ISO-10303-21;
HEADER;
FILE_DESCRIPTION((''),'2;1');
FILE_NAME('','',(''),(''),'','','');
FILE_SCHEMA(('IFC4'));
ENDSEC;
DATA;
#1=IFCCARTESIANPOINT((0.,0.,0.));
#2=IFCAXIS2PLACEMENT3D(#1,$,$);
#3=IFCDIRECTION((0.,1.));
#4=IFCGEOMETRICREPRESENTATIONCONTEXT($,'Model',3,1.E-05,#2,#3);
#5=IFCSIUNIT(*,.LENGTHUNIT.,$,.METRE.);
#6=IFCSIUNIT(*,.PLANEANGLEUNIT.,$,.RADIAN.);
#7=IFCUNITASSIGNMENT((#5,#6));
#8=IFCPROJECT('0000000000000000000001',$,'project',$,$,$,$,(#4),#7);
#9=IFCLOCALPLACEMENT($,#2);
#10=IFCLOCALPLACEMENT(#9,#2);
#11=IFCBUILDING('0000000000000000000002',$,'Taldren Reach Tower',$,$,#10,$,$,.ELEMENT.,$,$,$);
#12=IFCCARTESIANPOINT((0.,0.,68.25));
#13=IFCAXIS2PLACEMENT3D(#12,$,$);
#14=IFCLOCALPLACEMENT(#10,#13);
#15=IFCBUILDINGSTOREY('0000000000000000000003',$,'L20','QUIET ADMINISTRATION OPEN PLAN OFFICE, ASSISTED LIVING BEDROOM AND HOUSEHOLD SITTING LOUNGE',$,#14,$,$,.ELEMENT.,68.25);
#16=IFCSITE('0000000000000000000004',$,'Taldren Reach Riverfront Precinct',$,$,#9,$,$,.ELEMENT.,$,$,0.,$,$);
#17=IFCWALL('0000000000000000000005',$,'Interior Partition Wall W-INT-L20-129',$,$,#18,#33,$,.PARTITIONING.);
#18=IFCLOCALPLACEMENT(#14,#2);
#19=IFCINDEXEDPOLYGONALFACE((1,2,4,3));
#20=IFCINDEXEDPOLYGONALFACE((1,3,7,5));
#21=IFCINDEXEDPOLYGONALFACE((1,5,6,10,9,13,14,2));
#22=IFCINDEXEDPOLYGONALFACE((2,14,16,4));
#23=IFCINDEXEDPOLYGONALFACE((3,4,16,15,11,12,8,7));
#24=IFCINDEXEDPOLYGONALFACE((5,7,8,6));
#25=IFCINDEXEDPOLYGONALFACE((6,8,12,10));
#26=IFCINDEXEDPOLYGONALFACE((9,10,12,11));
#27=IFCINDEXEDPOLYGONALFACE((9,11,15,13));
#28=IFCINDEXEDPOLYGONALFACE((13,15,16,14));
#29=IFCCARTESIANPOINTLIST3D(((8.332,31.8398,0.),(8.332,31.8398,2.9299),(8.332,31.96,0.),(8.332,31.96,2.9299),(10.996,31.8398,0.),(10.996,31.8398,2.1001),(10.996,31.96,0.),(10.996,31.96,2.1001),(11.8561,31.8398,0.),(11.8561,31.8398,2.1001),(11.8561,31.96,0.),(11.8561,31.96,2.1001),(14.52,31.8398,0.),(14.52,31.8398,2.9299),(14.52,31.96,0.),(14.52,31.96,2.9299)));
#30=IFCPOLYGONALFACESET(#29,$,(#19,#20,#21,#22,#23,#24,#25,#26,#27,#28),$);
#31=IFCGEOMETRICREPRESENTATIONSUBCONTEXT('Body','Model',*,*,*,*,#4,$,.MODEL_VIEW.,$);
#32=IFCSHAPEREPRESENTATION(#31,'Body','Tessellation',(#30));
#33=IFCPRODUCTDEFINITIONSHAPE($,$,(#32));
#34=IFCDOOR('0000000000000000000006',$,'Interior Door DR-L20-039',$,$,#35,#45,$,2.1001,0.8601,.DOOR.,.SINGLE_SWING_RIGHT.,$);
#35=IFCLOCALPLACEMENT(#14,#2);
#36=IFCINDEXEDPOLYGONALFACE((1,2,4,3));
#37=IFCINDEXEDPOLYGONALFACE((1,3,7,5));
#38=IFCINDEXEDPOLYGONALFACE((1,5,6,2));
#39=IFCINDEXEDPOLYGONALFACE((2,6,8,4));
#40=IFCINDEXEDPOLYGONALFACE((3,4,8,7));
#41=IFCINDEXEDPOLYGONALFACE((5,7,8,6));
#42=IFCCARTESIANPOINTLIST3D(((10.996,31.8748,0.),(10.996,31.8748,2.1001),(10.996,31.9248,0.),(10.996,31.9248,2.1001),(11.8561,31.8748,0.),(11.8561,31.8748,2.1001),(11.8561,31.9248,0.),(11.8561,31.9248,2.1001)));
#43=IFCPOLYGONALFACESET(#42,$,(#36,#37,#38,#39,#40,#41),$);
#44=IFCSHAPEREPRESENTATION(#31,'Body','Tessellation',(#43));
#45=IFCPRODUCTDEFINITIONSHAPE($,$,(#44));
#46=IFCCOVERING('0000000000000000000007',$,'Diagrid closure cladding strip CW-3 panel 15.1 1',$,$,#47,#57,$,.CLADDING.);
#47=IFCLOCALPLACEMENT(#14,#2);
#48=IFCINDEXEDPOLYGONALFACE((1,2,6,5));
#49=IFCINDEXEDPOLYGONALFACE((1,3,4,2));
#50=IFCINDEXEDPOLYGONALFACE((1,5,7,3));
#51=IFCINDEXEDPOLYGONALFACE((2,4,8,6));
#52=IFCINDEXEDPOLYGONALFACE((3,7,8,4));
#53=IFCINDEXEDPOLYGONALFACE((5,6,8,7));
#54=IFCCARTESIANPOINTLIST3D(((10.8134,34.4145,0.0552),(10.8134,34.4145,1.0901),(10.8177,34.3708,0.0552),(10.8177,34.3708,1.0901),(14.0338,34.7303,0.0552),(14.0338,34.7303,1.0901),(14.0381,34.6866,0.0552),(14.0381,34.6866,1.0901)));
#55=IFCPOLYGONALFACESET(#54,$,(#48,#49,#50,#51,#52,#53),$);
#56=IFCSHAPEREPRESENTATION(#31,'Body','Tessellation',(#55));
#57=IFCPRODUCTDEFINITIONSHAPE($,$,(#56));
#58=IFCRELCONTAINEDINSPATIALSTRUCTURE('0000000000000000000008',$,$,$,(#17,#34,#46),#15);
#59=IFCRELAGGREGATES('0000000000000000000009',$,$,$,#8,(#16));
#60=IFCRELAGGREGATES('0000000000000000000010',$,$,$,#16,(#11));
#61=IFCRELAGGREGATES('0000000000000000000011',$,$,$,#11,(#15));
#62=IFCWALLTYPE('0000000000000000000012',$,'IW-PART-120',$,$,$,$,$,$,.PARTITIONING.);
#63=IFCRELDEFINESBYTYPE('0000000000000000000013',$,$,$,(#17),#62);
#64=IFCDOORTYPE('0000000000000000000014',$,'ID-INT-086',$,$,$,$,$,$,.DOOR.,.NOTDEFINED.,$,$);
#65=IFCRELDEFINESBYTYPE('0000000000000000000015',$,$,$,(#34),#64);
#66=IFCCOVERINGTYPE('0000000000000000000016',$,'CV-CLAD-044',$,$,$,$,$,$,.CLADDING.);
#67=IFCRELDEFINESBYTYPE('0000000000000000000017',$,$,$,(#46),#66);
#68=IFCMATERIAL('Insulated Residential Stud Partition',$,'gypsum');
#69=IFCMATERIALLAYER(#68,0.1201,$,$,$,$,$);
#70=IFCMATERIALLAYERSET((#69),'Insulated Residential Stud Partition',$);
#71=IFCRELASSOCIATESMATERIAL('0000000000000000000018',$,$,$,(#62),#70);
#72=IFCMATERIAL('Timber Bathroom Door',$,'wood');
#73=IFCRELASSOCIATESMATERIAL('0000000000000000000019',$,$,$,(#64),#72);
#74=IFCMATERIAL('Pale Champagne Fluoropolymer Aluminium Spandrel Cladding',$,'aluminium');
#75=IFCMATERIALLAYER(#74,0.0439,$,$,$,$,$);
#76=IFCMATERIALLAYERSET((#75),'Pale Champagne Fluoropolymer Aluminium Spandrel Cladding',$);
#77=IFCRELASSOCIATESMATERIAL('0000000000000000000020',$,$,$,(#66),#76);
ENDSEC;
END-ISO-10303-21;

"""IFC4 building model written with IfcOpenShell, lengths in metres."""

from ifc_helpers import new_model, si_unit, direction, frame, frame_2d, origin, origin_2d, place, context, subcontext, project, spatial, rectangle, extrude, source, transform, mapped, material, layer, layer_set, type_object, element, fill, save


model = new_model("IFC4")

# Units and contexts
model_context = context("Model", 3, precision=1e-05, world=origin(), true_north=direction((0.0, 1.0)))
body_context = subcontext(model_context, "Body", "Model", "MODEL_VIEW")
ifc_project = project(units=[si_unit("LENGTHUNIT", "METRE"), si_unit("PLANEANGLEUNIT", "RADIAN")], contexts=[model_context])

# Site, building, storey
site_placement = place(None, origin())
site = spatial("IfcSite", under=ifc_project, at=site_placement, Name="Taldren Reach Riverfront Precinct", CompositionType="ELEMENT", RefElevation=0.0)
building_placement = place(site_placement, origin())
building = spatial("IfcBuilding", under=site, at=building_placement, Name="Taldren Reach Tower", CompositionType="ELEMENT")
storey_placement = place(building_placement, frame((0.0, 0.0, 68.25)))
storey = spatial("IfcBuildingStorey", under=building, at=storey_placement, Name="L20", Description="QUIET ADMINISTRATION OPEN PLAN OFFICE, ASSISTED LIVING BEDROOM AND HOUSEHOLD SITTING LOUNGE", CompositionType="ELEMENT", Elevation=68.25)

# Wall, opening, door
ifc_material_1 = material(Name="Insulated Residential Stud Partition", Category="gypsum")
ifc_layer_1 = layer(ifc_material_1, 0.1201)
ifc_layer_set_1 = layer_set([ifc_layer_1], Name="Insulated Residential Stud Partition")
wall_type_1 = type_object("IfcWallType", Name="IW-PART-120", PredefinedType="PARTITIONING", material=ifc_layer_set_1)
shared_shape_1 = source(origin(), body_context, "Body", "SweptSolid", [
    extrude(rectangle(XDim=6.188, YDim=0.1201, at=frame_2d((3.094, 0.0))), origin(), (0.0, 0.0, 1.0), 2.9299),
])
wall_1_placement = place(storey_placement, frame((8.332, 31.8999, 0.0), z_axis=(0.0, 0.0, 1.0), x_axis=(1.0, 0.0, 0.0)))
wall_1 = element("IfcWall", 1, at=wall_1_placement, inside=storey, type_object=wall_type_1, Name="Interior Partition Wall W-INT-L20-129", PredefinedType="PARTITIONING", context=body_context, shape_type="MappedRepresentation", body=[
    mapped(shared_shape_1, transform((0.0, 0.0, 0.0), scale=1.0)),
])
shared_shape_2 = source(origin(), body_context, "Body", "SweptSolid", [
    extrude(rectangle(XDim=0.8601, YDim=2.1001, at=frame_2d((0.4302, 1.05))), frame((0.0, 0.0701, 0.0), z_axis=(0.0, -1.0, 0.0), x_axis=(1.0, 0.0, 0.0)), (0.0, 0.0, 1.0), 0.1401),
])
opening_placement = place(wall_1_placement, frame((2.6638, 0.0, 0.0)))
opening = element("IfcOpeningElement", 2, at=opening_placement, cuts=wall_1, PredefinedType="OPENING", context=body_context, shape_type="MappedRepresentation", body=[
    mapped(shared_shape_2, transform((0.0, 0.0, 0.0), scale=1.0)),
])
ifc_material_2 = material(Name="Timber Bathroom Door", Category="wood")
door_type = type_object("IfcDoorType", Name="ID-INT-086", OperationType="NOTDEFINED", PredefinedType="DOOR", material=ifc_material_2)
shared_shape_3 = source(origin(), body_context, "Body", "SweptSolid", [
    extrude(rectangle(XDim=0.8601, YDim=2.1001, at=frame_2d((0.4302, 1.05))), frame((0.0, 0.0249, 0.0), z_axis=(0.0, -1.0, 0.0), x_axis=(1.0, 0.0, 0.0)), (0.0, 0.0, 1.0), 0.05),
])
door_placement = place(opening_placement, origin())
door = element("IfcDoor", 3, at=door_placement, inside=storey, type_object=door_type, Name="Interior Door DR-L20-039", OperationType="SINGLE_SWING_RIGHT", OverallHeight=2.1001, OverallWidth=0.8601, PredefinedType="DOOR", context=body_context, shape_type="MappedRepresentation", body=[
    mapped(shared_shape_3, transform((0.0, 0.0, 0.0), scale=1.0)),
])
fill(opening, door)

# Covering
ifc_material_3 = material(Name="Pale Champagne Fluoropolymer Aluminium Spandrel Cladding", Category="aluminium")
ifc_layer_2 = layer(ifc_material_3, 0.0439)
ifc_layer_set_2 = layer_set([ifc_layer_2], Name="Pale Champagne Fluoropolymer Aluminium Spandrel Cladding")
covering_type = type_object("IfcCoveringType", Name="CV-CLAD-044", PredefinedType="CLADDING", material=ifc_layer_set_2)
shared_shape_4 = source(origin(), body_context, "Body", "SweptSolid", [
    extrude(rectangle(XDim=3.2358, YDim=0.0439, at=origin_2d()), origin(), (0.0, 0.0, 1.0), 1.0349),
])
covering_placement = place(storey_placement, frame((12.4258, 34.5505, 0.0552), z_axis=(0.0, 0.0, 1.0), x_axis=(-0.995227, -0.097583, 0.0)))
element("IfcCovering", 4, at=covering_placement, inside=storey, type_object=covering_type, Name="Diagrid closure cladding strip CW-3 panel 15.1 1", PredefinedType="CLADDING", context=body_context, shape_type="MappedRepresentation", body=[
    mapped(shared_shape_4, transform((0.0, 0.0, 0.0), scale=1.0)),
])

save(model, "model.ifc")
